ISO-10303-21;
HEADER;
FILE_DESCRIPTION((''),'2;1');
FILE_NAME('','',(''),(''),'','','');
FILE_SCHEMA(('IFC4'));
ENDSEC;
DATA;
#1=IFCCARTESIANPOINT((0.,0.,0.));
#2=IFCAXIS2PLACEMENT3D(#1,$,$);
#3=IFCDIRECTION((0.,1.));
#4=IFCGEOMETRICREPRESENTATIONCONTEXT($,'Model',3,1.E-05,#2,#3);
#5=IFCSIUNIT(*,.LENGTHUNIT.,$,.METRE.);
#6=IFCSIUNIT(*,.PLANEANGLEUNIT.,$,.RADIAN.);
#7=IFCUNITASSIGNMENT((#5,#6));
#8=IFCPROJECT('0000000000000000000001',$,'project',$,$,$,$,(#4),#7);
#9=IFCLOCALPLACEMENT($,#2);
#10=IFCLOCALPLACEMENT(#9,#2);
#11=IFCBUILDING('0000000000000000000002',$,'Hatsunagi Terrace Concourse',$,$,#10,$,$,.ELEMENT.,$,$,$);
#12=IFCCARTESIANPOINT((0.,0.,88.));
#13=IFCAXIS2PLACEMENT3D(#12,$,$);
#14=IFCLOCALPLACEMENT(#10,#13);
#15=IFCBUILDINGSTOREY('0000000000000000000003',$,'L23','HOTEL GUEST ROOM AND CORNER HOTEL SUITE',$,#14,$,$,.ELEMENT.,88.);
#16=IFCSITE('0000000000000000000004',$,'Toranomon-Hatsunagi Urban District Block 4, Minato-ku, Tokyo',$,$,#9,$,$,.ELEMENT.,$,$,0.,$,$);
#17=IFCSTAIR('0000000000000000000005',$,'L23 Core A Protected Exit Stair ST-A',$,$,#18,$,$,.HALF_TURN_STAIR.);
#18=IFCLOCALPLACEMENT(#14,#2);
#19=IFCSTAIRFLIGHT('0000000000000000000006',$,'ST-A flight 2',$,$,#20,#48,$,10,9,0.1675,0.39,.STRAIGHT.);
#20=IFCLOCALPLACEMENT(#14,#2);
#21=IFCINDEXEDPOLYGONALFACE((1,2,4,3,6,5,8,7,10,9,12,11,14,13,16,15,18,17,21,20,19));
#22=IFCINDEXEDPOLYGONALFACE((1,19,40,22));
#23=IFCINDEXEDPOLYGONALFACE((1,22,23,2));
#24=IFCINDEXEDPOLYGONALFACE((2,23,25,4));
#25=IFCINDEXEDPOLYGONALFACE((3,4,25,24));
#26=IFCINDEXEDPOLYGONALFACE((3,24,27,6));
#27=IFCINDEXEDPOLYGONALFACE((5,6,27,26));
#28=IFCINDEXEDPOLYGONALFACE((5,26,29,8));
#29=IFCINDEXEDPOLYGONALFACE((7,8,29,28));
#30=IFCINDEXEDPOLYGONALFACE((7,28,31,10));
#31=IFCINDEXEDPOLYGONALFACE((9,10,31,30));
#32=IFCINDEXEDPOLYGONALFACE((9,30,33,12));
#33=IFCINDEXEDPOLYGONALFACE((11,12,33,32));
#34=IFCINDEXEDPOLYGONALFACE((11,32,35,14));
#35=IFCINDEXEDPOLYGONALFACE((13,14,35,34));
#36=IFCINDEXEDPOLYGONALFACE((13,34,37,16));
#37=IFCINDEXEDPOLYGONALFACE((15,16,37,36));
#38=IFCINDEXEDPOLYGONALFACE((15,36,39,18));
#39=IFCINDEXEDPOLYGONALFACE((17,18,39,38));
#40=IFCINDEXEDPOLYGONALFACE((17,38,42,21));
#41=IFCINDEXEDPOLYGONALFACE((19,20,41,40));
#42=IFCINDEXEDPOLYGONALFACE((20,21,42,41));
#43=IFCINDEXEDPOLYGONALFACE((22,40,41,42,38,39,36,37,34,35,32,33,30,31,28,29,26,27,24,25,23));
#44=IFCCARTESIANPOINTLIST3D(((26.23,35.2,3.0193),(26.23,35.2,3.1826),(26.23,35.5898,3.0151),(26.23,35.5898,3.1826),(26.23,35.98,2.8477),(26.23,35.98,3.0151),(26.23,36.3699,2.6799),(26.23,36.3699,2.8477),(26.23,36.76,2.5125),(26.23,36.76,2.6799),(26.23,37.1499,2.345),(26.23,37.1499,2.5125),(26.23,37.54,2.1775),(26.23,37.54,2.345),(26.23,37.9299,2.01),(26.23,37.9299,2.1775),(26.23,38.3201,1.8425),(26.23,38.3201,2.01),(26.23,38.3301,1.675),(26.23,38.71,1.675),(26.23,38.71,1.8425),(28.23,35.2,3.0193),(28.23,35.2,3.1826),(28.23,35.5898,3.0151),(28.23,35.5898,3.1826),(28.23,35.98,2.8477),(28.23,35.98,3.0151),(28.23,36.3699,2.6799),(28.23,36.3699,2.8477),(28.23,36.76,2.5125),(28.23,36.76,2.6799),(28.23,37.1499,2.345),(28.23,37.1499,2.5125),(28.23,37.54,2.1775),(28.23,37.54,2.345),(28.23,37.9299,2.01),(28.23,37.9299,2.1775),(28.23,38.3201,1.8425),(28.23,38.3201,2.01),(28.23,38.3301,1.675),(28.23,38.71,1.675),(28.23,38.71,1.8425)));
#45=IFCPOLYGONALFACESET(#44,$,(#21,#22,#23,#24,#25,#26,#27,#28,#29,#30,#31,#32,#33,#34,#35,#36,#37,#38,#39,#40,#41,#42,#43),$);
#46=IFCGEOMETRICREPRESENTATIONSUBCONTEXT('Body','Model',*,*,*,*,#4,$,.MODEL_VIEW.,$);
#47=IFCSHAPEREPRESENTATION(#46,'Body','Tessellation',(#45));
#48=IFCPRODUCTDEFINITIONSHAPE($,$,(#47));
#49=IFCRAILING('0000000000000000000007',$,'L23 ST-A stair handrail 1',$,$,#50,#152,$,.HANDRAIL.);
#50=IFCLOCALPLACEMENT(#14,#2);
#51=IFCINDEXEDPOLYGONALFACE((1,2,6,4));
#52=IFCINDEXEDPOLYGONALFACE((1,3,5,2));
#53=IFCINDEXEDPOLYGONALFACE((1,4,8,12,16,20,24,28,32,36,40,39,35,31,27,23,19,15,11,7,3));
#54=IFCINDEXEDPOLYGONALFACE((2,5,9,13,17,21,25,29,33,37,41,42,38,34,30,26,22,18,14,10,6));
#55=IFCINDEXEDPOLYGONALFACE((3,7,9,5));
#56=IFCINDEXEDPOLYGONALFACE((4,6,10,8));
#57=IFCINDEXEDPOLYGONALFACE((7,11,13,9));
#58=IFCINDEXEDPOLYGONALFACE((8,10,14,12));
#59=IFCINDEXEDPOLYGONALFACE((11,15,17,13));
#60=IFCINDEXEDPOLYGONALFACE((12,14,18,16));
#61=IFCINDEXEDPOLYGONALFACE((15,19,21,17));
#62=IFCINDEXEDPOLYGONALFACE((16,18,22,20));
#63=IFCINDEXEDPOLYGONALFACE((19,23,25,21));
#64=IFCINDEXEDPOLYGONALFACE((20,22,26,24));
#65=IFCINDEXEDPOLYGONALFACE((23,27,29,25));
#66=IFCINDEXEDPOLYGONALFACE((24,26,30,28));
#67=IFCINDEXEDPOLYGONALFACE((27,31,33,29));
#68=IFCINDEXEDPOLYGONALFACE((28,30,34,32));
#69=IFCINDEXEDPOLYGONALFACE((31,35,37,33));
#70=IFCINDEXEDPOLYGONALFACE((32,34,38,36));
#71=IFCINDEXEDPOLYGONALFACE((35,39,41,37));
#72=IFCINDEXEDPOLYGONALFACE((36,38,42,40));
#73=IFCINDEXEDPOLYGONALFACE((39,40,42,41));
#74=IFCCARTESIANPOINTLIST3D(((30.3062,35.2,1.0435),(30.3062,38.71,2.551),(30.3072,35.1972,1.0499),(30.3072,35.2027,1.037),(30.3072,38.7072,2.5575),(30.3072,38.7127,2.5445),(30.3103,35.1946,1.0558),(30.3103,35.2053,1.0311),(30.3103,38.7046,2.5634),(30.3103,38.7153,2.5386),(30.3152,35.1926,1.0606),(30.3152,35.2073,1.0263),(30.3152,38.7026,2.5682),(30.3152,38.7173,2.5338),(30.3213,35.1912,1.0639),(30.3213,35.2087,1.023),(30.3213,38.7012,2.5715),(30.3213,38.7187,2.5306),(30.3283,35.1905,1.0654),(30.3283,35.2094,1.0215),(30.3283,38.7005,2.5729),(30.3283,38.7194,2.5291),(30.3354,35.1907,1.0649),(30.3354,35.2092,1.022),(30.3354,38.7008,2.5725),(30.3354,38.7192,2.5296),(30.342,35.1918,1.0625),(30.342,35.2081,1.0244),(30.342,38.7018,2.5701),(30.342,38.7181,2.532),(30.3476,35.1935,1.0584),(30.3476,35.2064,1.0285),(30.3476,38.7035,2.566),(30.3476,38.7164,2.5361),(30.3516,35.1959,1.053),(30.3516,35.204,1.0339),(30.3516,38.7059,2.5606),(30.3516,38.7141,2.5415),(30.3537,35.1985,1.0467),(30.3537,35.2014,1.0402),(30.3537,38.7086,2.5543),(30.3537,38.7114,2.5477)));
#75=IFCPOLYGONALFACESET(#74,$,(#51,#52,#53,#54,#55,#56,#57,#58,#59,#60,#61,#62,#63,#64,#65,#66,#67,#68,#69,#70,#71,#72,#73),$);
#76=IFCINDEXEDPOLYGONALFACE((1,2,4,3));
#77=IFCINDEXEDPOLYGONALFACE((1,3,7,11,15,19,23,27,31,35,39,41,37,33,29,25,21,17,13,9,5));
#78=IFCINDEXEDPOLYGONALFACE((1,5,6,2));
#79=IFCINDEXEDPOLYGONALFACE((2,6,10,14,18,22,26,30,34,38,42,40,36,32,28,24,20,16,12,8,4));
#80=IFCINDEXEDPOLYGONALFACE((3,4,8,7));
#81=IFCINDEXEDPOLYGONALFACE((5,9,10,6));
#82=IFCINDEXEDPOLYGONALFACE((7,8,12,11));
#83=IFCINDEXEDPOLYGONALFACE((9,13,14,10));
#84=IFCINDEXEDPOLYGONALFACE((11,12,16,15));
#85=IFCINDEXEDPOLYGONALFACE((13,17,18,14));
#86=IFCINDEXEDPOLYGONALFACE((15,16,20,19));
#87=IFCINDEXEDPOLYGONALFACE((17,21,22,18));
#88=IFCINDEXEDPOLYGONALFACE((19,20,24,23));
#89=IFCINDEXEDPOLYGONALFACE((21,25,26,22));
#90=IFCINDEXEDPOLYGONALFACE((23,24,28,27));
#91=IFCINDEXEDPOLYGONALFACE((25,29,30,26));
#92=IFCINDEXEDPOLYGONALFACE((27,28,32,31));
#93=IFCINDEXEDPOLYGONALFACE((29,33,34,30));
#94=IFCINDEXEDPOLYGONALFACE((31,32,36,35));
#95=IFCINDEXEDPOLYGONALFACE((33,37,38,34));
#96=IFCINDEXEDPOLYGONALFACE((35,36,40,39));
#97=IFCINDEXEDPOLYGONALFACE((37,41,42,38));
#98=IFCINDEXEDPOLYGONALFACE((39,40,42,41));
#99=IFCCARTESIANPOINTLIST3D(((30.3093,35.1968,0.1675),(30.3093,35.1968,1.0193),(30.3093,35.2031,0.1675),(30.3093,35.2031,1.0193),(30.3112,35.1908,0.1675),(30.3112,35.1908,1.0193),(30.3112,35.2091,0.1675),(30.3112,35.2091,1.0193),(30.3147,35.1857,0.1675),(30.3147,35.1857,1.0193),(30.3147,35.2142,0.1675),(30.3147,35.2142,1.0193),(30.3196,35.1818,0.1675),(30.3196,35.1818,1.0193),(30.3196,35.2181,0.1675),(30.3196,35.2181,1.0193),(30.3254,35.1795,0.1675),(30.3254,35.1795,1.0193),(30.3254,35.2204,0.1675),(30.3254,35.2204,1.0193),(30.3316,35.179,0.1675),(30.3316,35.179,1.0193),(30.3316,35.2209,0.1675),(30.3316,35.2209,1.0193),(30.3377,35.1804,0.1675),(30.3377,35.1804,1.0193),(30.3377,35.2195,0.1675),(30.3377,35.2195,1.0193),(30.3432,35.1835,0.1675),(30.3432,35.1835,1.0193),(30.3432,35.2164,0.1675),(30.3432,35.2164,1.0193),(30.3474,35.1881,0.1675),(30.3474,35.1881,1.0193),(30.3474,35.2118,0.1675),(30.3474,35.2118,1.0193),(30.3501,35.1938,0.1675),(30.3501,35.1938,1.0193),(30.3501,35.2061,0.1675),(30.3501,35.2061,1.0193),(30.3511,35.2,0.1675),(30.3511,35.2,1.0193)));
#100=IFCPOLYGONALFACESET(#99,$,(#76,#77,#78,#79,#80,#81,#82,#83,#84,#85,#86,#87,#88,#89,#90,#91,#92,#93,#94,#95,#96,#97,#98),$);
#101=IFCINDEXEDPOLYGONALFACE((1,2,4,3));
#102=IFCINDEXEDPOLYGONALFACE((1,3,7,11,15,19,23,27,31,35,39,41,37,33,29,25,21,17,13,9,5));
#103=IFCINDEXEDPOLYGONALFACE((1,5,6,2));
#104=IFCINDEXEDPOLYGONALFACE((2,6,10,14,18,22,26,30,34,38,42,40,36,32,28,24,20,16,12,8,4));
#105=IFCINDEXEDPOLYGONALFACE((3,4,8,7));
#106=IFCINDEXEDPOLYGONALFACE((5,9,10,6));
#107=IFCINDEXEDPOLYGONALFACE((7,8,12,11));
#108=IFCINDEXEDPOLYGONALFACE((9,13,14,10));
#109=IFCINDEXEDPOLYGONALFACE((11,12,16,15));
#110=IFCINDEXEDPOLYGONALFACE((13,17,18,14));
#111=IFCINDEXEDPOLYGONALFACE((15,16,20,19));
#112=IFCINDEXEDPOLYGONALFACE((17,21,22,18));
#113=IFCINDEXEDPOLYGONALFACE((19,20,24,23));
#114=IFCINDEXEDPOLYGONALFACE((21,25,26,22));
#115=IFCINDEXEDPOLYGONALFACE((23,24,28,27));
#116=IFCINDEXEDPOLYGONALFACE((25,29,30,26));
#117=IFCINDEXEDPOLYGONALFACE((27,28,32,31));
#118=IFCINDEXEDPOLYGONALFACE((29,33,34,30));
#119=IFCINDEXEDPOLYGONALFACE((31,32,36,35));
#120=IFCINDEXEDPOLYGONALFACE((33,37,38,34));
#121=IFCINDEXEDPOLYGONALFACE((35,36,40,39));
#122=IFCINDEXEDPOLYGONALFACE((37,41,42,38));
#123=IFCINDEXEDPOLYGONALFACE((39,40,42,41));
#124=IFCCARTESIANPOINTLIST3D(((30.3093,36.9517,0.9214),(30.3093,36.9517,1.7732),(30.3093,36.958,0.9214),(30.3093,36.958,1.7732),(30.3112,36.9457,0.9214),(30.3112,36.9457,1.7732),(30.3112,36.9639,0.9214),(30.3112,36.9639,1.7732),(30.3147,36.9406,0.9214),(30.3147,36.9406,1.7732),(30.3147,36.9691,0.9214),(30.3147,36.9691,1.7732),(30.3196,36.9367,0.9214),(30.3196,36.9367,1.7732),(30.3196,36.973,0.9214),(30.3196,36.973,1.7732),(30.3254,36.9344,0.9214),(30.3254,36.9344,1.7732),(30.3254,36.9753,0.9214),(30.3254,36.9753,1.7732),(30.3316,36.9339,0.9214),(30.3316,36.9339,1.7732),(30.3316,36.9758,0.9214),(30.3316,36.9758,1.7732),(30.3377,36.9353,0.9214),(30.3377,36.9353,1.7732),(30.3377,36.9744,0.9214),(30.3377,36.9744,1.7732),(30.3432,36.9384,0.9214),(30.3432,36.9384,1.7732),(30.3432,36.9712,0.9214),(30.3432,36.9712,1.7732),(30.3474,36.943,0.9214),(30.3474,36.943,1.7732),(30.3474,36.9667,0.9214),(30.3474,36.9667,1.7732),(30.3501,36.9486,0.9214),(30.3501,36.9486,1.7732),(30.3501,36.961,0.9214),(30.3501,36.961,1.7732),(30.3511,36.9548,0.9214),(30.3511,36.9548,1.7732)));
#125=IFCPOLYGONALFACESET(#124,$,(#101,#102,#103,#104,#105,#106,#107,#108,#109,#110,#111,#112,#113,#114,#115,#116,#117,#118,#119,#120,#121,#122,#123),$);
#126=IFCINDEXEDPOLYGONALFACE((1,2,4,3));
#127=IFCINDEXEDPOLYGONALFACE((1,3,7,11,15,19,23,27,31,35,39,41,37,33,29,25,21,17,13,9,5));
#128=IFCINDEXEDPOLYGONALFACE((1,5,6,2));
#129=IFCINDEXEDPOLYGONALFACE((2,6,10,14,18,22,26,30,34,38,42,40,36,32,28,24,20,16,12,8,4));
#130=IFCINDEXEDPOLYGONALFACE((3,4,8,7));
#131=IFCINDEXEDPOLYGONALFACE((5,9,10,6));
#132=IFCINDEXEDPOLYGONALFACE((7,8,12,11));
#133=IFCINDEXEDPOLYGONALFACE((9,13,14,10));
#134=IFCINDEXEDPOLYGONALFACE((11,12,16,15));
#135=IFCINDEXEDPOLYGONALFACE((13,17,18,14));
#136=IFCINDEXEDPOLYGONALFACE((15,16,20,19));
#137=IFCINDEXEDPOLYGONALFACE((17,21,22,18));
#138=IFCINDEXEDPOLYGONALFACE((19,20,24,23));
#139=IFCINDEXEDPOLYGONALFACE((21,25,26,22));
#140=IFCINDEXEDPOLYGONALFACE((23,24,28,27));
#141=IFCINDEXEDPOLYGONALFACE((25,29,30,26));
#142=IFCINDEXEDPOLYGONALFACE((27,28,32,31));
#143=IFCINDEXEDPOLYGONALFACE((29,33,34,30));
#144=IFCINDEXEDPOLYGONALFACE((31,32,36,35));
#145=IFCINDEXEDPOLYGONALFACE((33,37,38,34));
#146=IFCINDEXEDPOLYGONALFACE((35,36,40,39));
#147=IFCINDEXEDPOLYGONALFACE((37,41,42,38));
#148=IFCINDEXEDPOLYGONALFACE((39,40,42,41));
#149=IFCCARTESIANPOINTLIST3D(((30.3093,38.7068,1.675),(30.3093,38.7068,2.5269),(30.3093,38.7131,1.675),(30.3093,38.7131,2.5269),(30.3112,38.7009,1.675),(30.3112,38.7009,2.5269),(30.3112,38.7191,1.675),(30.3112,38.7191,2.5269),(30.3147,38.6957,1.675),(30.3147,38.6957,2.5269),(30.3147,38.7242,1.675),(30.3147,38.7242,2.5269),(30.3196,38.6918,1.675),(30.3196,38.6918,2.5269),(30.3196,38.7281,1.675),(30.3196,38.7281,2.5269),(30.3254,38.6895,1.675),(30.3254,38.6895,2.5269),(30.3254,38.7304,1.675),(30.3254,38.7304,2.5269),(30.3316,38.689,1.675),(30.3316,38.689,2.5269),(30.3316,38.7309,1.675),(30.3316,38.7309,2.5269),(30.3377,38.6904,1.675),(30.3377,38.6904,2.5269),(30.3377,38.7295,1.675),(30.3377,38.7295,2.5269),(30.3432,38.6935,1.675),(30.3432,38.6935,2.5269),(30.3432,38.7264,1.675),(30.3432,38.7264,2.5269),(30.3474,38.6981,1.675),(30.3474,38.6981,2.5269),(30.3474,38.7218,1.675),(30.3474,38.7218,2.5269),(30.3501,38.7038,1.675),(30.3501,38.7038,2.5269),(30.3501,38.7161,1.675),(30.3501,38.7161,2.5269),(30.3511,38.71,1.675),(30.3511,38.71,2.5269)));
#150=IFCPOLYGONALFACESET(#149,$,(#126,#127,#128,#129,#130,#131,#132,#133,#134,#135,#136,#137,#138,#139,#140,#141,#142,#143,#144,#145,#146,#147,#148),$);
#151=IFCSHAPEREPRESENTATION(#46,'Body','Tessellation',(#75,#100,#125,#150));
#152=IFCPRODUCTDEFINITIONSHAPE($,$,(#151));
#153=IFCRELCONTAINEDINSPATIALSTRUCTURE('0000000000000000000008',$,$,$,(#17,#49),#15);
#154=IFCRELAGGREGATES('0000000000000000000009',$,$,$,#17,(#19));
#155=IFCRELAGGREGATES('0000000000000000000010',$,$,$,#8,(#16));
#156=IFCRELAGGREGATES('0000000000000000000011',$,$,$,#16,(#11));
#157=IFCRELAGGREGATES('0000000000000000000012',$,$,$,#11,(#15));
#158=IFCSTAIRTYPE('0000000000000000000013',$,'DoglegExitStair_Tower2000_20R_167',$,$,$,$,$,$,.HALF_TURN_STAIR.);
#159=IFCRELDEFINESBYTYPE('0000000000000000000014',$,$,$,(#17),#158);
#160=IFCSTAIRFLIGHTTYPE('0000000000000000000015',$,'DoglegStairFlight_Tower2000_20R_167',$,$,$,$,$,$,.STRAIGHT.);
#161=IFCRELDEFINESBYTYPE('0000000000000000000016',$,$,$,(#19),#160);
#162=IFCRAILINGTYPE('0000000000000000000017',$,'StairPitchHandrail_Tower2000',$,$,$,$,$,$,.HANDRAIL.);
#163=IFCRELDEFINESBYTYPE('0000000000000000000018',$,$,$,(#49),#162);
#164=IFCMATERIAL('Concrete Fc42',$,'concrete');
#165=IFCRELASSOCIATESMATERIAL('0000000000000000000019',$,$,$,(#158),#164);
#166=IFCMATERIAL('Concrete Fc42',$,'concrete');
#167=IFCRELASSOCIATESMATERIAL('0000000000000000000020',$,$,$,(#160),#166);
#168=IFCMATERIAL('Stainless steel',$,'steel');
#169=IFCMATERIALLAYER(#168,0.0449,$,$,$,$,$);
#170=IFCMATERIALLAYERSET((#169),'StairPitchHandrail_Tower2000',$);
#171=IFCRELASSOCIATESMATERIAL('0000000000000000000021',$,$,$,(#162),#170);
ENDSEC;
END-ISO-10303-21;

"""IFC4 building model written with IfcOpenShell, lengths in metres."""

from ifc_helpers import new_model, si_unit, direction, frame, origin, origin_2d, place, context, subcontext, project, spatial, polyline, circle, outline, extrude, material, layer, layer_set, type_object, element, aggregate, save


model = new_model("IFC4")

# Units and contexts
model_context = context("Model", 3, precision=1e-05, world=origin(), true_north=direction((0.0, 1.0)))
body_context = subcontext(model_context, "Body", "Model", "MODEL_VIEW")
ifc_project = project(units=[si_unit("LENGTHUNIT", "METRE"), si_unit("PLANEANGLEUNIT", "RADIAN")], contexts=[model_context])

# Site, building, storey
site_placement = place(None, origin())
site = spatial("IfcSite", under=ifc_project, at=site_placement, Name="Toranomon-Hatsunagi Urban District Block 4, Minato-ku, Tokyo", CompositionType="ELEMENT", RefElevation=0.0)
building_placement = place(site_placement, origin())
building = spatial("IfcBuilding", under=site, at=building_placement, Name="Hatsunagi Terrace Concourse", CompositionType="ELEMENT")
storey_placement = place(building_placement, frame((0.0, 0.0, 88.0)))
storey = spatial("IfcBuildingStorey", under=building, at=storey_placement, Name="L23", Description="HOTEL GUEST ROOM AND CORNER HOTEL SUITE", CompositionType="ELEMENT", Elevation=88.0)

# Stair, stair flight
ifc_material_1 = material(Name="Concrete Fc42", Category="concrete")
stair_type = type_object("IfcStairType", Name="DoglegExitStair_Tower2000_20R_167", PredefinedType="HALF_TURN_STAIR", material=ifc_material_1)
stair_placement = place(storey_placement, origin())
stair = element("IfcStair", 1, at=stair_placement, inside=storey, type_object=stair_type, Name="L23 Core A Protected Exit Stair ST-A", PredefinedType="HALF_TURN_STAIR")
ifc_material_2 = material(Name="Concrete Fc42", Category="concrete")
stair_flight_type = type_object("IfcStairFlightType", Name="DoglegStairFlight_Tower2000_20R_167", PredefinedType="STRAIGHT", material=ifc_material_2)
stair_flight_1_placement = place(storey_placement, frame((27.23, 38.71, 1.675), z_axis=(0.0, 0.0, 1.0), x_axis=(0.0, -1.0, 0.0)))
stair_flight_1 = element("IfcStairFlight", 2, at=stair_flight_1_placement, type_object=stair_flight_type, Name="ST-A flight 2", NumberOfRisers=10, NumberOfTreads=9, PredefinedType="STRAIGHT", RiserHeight=0.1675, TreadLength=0.39, context=body_context, shape_type="SweptSolid", body=[
    extrude(outline(polyline([(0.0, 0.0), (0.0, 0.1675), (0.3899, 0.1675), (0.3899, 0.335), (0.78, 0.335), (0.78, 0.5024), (1.1699, 0.5024), (1.1699, 0.6699), (1.5601, 0.6699), (1.5601, 0.8374), (1.95, 0.8374), (1.95, 1.0049), (2.3401, 1.0049), (2.3401, 1.1726), (2.73, 1.1726), (2.73, 1.3401), (3.1201, 1.3401), (3.1201, 1.5076), (3.51, 1.5076), (3.51, 1.675), (3.51, 1.3442), (0.3799, 0.0), (0.0, 0.0)])), frame((0.0, 1.0, 0.0), z_axis=(0.0, -1.0, 0.0), x_axis=(1.0, 0.0, 0.0)), (0.0, 0.0, 1.0), 2.0),
])
aggregate(stair, [stair_flight_1])

# Railing
ifc_material_3 = material(Name="Stainless steel", Category="steel")
ifc_layer_1 = layer(ifc_material_3, 0.0449)
ifc_layer_set_1 = layer_set([ifc_layer_1], Name="StairPitchHandrail_Tower2000")
railing_type_1 = type_object("IfcRailingType", Name="StairPitchHandrail_Tower2000", PredefinedType="HANDRAIL", material=ifc_layer_set_1)
railing_1_placement = place(storey_placement, frame((30.3301, 35.2, 0.1675)))
element("IfcRailing", 3, at=railing_1_placement, inside=storey, type_object=railing_type_1, Name="L23 ST-A stair handrail 1", PredefinedType="HANDRAIL", context=body_context, shape_type="SweptSolid", body=[
    extrude(circle(Radius=0.0239, at=origin_2d()), frame((0.0, 0.0, 0.876), z_axis=(0.0, 0.918834, 0.394644), x_axis=(-1.0, 0.0, 0.0)), (0.0, 0.0, 1.0), 3.8201),
    extrude(circle(Radius=0.021, at=origin_2d()), origin(), (0.0, 0.0, 1.0), 0.8518),
    extrude(circle(Radius=0.021, at=origin_2d()), frame((0.0, 1.7549, 0.7539)), (0.0, 0.0, 1.0), 0.8518),
    extrude(circle(Radius=0.021, at=origin_2d()), frame((0.0, 3.51, 1.5076)), (0.0, 0.0, 1.0), 0.8518),
])

save(model, "model.ifc")
